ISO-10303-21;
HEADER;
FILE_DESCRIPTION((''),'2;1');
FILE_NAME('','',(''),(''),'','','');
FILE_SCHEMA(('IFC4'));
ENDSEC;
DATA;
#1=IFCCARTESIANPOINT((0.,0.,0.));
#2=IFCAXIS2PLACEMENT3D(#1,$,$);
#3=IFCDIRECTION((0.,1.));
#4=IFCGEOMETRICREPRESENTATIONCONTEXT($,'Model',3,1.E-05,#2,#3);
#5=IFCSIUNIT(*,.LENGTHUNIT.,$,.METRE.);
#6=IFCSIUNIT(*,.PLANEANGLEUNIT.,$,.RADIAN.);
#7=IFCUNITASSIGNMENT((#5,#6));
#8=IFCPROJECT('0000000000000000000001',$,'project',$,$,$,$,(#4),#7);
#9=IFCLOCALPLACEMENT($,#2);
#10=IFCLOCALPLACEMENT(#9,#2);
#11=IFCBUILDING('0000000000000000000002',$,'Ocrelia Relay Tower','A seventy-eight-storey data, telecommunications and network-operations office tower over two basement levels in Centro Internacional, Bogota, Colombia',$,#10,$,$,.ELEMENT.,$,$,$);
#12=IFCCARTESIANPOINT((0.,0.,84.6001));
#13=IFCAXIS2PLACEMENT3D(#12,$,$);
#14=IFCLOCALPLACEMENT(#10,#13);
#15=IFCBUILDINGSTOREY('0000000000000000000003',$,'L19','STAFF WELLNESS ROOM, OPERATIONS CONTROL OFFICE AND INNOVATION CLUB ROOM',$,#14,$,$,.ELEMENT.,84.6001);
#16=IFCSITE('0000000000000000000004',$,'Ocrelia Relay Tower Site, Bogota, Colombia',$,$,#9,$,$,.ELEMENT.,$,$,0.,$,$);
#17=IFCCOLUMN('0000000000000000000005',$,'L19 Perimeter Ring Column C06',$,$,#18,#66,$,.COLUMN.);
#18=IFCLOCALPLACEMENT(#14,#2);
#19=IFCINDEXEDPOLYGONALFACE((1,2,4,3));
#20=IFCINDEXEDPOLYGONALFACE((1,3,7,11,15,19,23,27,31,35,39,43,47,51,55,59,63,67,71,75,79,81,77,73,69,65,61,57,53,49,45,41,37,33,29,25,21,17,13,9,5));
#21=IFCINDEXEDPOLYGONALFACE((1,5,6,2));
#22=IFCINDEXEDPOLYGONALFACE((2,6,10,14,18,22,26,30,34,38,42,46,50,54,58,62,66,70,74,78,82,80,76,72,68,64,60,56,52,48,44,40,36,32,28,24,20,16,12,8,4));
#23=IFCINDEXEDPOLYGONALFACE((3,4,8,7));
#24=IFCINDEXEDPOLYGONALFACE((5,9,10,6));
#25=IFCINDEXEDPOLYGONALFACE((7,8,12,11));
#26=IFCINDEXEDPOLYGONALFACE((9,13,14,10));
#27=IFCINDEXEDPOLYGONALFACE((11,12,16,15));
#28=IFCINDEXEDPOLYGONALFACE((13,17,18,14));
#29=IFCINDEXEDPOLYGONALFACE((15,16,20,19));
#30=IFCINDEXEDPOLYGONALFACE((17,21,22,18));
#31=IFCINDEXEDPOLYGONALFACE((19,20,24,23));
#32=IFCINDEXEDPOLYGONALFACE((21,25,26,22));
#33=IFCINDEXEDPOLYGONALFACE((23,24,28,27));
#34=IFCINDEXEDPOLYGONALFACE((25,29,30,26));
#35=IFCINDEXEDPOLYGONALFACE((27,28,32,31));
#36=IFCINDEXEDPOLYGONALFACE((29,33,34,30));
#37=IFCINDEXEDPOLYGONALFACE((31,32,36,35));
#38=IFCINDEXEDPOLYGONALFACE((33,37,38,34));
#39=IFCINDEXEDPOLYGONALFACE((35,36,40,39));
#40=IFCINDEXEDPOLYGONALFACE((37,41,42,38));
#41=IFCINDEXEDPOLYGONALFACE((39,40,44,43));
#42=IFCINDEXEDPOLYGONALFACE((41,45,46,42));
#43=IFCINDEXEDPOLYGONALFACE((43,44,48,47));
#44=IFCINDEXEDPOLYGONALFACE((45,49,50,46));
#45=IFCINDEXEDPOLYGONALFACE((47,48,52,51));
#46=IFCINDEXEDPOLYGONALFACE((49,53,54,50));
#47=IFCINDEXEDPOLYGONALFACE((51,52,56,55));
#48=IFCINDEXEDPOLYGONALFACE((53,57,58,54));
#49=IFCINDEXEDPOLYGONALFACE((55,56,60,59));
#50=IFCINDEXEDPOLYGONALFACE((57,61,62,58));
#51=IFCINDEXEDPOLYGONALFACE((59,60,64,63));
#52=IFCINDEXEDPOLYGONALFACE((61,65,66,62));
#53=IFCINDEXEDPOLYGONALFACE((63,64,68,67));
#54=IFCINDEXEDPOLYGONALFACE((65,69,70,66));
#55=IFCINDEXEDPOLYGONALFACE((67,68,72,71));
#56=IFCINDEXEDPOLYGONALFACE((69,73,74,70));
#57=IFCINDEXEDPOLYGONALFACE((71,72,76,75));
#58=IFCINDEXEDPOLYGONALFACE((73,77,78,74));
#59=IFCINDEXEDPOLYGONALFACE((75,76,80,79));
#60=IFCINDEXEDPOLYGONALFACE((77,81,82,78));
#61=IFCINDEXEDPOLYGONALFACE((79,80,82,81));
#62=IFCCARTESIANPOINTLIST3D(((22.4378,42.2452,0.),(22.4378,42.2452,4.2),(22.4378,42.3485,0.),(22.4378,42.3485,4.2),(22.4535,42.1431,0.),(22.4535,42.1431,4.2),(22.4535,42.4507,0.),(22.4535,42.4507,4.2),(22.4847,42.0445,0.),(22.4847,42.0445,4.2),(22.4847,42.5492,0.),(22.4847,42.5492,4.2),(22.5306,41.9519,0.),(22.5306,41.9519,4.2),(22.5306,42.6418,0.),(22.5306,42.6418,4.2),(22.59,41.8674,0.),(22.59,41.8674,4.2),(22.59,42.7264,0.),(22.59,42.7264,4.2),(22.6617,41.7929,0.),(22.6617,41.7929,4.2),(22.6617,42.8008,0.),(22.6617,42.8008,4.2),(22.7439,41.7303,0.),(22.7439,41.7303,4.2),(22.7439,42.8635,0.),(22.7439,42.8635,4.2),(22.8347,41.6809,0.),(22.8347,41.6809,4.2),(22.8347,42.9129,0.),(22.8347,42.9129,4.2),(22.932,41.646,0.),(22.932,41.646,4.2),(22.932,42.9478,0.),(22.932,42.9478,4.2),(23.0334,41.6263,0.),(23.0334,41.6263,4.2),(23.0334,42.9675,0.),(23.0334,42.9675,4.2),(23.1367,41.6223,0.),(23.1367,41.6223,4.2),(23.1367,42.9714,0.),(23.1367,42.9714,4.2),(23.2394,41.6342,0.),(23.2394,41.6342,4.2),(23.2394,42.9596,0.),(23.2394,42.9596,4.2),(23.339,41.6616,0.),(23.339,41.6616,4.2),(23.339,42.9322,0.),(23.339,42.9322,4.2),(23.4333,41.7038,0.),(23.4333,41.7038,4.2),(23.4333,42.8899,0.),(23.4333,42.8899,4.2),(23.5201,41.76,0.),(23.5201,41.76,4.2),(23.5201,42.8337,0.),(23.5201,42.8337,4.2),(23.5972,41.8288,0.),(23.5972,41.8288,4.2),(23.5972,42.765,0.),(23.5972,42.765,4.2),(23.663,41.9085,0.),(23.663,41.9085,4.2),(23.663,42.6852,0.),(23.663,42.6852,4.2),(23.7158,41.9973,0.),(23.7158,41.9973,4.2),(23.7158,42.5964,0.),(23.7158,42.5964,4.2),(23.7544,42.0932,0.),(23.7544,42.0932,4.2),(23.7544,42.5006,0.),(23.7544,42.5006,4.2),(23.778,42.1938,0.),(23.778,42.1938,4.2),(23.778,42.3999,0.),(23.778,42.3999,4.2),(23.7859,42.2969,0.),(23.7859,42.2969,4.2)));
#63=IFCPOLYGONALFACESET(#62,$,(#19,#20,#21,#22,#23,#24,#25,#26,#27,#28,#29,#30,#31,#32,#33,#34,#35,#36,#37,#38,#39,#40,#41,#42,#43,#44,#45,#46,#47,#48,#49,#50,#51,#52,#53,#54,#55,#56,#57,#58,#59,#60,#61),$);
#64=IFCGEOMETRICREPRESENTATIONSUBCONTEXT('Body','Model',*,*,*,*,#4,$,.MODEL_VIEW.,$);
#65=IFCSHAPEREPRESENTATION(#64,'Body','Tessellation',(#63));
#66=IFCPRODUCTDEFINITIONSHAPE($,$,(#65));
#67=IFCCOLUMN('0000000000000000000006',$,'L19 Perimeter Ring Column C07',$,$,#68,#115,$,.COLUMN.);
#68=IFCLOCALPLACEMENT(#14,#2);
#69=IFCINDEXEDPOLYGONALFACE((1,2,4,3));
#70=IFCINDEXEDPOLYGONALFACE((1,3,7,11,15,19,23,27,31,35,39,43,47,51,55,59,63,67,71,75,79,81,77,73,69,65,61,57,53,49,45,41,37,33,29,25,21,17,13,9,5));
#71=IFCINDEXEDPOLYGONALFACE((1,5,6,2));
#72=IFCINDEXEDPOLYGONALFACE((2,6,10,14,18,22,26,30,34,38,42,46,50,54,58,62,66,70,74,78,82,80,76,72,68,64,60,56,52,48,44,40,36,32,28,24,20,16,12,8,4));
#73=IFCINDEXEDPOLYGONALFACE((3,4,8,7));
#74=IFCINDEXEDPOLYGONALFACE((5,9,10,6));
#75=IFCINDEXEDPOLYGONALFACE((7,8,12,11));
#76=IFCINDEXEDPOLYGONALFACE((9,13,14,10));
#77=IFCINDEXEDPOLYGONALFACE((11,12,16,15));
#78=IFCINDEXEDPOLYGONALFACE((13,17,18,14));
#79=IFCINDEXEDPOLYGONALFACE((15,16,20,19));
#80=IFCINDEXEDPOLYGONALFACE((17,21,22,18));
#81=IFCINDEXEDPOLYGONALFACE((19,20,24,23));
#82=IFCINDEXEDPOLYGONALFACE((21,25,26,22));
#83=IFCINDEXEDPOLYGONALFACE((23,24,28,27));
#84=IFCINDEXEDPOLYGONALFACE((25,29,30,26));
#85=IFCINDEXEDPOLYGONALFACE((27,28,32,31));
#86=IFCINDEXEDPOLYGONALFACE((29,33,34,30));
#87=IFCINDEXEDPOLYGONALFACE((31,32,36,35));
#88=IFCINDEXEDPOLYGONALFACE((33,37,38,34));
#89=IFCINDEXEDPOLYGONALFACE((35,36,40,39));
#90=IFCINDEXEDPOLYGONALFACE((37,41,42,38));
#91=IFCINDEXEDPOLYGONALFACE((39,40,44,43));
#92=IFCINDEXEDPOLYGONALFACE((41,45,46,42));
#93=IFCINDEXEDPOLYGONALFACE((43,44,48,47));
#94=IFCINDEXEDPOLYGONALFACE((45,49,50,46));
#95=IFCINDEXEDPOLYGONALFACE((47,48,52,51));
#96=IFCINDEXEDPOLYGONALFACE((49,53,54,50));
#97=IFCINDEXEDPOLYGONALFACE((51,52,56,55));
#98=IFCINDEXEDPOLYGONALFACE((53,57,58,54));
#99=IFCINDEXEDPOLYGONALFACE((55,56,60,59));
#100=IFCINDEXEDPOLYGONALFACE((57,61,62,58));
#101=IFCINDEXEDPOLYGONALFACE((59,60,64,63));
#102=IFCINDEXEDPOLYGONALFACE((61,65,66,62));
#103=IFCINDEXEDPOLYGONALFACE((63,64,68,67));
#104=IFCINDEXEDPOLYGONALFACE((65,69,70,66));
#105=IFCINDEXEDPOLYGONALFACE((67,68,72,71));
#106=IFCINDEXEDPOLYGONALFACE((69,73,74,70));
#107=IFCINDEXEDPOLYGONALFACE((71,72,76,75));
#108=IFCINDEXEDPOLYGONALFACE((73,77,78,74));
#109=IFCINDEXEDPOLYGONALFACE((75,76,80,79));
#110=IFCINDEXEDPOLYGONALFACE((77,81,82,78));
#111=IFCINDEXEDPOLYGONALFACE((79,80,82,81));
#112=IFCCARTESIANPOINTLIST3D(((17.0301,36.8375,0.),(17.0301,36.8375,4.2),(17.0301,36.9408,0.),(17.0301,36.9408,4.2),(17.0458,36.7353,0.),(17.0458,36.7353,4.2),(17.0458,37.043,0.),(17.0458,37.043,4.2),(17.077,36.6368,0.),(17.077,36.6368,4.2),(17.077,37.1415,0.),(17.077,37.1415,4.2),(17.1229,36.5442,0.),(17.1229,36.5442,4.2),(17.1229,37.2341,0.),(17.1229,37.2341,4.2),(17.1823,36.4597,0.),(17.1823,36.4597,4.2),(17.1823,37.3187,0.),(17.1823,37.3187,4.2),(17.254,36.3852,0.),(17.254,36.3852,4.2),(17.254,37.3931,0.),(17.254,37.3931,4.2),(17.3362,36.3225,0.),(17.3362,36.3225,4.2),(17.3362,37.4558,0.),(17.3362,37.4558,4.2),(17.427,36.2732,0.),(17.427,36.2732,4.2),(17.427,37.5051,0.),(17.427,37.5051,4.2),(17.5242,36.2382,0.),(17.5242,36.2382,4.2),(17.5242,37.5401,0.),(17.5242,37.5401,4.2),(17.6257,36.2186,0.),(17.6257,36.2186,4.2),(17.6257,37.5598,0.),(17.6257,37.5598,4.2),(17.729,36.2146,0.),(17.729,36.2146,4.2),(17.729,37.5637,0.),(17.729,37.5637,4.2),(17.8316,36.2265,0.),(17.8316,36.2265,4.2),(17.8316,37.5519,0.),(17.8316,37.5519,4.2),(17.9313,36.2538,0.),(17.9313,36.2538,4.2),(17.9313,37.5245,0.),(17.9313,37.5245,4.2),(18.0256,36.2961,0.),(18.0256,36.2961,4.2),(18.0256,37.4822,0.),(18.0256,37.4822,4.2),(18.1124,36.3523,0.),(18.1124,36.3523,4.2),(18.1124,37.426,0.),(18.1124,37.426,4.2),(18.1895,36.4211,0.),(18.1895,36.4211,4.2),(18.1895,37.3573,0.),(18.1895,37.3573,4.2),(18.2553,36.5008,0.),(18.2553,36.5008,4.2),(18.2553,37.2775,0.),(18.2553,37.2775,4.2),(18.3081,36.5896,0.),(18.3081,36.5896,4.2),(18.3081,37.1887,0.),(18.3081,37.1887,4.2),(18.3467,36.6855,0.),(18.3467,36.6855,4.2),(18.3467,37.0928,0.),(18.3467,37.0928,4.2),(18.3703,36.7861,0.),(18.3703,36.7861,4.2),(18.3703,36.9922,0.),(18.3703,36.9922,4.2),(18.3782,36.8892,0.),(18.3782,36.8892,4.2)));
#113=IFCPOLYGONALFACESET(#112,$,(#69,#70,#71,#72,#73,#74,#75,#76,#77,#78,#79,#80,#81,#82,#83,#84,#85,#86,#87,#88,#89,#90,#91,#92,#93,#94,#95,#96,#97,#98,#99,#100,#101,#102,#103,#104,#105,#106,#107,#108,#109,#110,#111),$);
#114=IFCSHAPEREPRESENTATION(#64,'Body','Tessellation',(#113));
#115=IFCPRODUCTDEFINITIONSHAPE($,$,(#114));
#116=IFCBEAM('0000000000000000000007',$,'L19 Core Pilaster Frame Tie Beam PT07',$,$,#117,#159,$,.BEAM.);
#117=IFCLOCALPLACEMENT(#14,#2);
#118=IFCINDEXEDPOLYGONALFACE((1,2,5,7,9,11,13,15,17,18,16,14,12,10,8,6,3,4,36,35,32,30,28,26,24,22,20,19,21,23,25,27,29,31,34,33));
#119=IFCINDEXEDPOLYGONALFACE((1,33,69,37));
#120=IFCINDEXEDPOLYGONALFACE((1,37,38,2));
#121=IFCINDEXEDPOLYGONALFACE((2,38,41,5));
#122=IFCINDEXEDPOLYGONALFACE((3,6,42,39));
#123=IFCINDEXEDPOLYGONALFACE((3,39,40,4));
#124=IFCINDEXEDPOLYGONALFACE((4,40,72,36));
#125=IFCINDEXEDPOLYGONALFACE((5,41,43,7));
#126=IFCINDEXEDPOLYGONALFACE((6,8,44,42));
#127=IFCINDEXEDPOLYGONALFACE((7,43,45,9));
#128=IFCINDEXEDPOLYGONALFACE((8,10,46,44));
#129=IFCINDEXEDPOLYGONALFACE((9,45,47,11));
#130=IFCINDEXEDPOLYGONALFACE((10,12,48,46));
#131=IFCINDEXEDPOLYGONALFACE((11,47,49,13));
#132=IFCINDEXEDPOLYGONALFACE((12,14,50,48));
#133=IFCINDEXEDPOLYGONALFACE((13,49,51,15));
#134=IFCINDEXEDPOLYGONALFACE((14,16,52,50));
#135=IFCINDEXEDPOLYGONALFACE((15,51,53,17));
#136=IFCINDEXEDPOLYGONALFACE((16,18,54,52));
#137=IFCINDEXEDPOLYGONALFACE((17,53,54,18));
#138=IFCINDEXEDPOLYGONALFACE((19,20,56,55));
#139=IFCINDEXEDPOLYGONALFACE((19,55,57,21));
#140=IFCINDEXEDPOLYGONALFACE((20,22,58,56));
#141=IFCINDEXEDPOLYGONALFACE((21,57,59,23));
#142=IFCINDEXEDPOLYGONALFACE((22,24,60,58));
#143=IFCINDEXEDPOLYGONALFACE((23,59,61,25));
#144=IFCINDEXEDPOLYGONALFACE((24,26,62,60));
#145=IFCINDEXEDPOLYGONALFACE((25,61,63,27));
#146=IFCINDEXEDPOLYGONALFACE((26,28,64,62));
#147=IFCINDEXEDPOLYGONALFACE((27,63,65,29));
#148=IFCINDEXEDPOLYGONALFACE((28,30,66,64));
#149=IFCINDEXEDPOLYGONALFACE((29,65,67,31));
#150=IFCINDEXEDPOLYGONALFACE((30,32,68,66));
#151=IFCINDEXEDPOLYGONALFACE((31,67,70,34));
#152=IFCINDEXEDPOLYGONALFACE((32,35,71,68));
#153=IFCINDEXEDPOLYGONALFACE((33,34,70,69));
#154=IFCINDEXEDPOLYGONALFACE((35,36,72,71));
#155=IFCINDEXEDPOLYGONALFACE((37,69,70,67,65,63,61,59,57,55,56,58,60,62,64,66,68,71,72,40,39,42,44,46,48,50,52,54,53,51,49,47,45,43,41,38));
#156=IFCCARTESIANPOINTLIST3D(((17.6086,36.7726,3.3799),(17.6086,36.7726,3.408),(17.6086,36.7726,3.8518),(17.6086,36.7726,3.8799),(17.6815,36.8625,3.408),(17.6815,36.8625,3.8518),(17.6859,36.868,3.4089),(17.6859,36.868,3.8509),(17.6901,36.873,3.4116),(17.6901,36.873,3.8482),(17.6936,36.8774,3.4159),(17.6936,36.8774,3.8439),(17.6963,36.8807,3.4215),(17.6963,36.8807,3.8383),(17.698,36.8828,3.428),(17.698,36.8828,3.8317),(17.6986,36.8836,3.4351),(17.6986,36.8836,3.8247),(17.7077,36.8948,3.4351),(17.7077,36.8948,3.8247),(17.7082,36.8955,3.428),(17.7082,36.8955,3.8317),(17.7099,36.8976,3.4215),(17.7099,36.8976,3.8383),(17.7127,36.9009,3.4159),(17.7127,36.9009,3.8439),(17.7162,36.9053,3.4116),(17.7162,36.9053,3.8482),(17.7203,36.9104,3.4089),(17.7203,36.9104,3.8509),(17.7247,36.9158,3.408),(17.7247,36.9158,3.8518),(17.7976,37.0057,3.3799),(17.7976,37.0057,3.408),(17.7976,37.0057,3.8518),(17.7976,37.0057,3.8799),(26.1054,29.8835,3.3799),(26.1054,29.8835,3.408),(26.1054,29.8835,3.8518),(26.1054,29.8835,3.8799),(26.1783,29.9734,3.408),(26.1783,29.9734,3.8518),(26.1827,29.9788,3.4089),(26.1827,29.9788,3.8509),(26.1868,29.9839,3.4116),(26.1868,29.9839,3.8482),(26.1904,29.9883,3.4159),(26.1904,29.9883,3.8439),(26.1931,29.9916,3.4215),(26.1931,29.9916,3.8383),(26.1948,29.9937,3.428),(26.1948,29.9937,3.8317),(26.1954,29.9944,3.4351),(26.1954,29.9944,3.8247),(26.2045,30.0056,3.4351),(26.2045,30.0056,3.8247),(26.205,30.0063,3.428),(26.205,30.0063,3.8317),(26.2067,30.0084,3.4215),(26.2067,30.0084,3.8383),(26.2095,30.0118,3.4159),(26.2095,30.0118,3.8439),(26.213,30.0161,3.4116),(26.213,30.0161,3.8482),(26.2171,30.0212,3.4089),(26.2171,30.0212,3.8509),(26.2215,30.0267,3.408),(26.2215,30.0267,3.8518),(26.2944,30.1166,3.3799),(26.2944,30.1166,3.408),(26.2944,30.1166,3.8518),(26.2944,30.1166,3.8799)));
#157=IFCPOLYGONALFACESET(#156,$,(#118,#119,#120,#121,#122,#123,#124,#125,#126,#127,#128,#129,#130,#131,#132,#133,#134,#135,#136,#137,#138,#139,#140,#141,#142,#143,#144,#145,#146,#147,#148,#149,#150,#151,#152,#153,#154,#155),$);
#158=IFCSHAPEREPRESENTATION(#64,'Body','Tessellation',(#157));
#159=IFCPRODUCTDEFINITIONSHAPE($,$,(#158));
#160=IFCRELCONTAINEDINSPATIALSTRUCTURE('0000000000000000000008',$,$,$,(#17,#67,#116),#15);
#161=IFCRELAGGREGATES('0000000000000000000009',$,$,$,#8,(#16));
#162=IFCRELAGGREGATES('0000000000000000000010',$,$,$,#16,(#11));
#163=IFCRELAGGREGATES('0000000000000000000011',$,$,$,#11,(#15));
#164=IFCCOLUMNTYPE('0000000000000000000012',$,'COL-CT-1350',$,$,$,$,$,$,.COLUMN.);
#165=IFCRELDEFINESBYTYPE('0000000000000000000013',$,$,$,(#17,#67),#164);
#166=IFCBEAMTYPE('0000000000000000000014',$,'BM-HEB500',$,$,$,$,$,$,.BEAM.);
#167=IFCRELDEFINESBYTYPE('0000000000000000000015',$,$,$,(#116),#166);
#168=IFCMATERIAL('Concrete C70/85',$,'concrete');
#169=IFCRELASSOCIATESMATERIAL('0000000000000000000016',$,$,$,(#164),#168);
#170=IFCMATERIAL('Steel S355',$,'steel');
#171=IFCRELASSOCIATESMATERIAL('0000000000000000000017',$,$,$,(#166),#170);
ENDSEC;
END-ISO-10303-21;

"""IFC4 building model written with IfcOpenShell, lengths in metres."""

from ifc_helpers import new_model, si_unit, direction, frame, origin, origin_2d, place, context, subcontext, project, spatial, circle, i_section, extrude, material, material_profile, profile_set, type_object, element, save


model = new_model("IFC4")

# Units and contexts
model_context = context("Model", 3, precision=1e-05, world=origin(), true_north=direction((0.0, 1.0)))
body_context = subcontext(model_context, "Body", "Model", "MODEL_VIEW")
ifc_project = project(units=[si_unit("LENGTHUNIT", "METRE"), si_unit("PLANEANGLEUNIT", "RADIAN")], contexts=[model_context])

# Site, building, storey
site_placement = place(None, origin())
site = spatial("IfcSite", under=ifc_project, at=site_placement, Name="Ocrelia Relay Tower Site, Bogota, Colombia", CompositionType="ELEMENT", RefElevation=0.0)
building_placement = place(site_placement, origin())
building = spatial("IfcBuilding", under=site, at=building_placement, Name="Ocrelia Relay Tower", Description="A seventy-eight-storey data, telecommunications and network-operations office tower over two basement levels in Centro Internacional, Bogota, Colombia", CompositionType="ELEMENT")
storey_placement = place(building_placement, frame((0.0, 0.0, 84.6001)))
storey = spatial("IfcBuildingStorey", under=building, at=storey_placement, Name="L19", Description="STAFF WELLNESS ROOM, OPERATIONS CONTROL OFFICE AND INNOVATION CLUB ROOM", CompositionType="ELEMENT", Elevation=84.6001)

# Columns
ifc_material_1 = material(Name="Concrete C70/85", Category="concrete")
ifc_material_profile_1 = material_profile(ifc_material_1, circle(Radius=0.675, at=origin_2d()), Name="RC-CIR-1350")
ifc_profile_set_1 = profile_set([ifc_material_profile_1], Name="Concrete C70/85")
column_type = type_object("IfcColumnType", Name="COL-CT-1350", PredefinedType="COLUMN", material=ifc_profile_set_1)
for number, where, z_axis, x_axis, name in (
    (1, (23.1108, 42.2969, 0.0), (0.0, 0.0, 1.0), (1.0, 0.0, 0.0), "L19 Perimeter Ring Column C06"),
    (2, (17.7031, 36.8892, 0.0), (0.0, 0.0, 1.0), (1.0, 0.0, 0.0), "L19 Perimeter Ring Column C07"),
):
    element("IfcColumn", number, at=place(storey_placement, frame(where, z_axis=z_axis, x_axis=x_axis)), inside=storey, type_object=column_type, Name=name, PredefinedType="COLUMN", context=body_context, shape_type="SweptSolid", body=[
        extrude(circle(Radius=0.675, at=origin_2d()), origin(), (0.0, 0.0, 1.0), 4.2),
    ])

# Beam
ifc_material_2 = material(Name="Steel S355", Category="steel")
ifc_material_profile_2 = material_profile(ifc_material_2, i_section(OverallWidth=0.3, OverallDepth=0.5, WebThickness=0.0144, FlangeThickness=0.0281, FilletRadius=0.0271, at=origin_2d()), Name="HEB 500")
ifc_profile_set_2 = profile_set([ifc_material_profile_2], Name="Steel S355")
beam_type_1 = type_object("IfcBeamType", Name="BM-HEB500", PredefinedType="BEAM", material=ifc_profile_set_2)
beam_1_placement = place(storey_placement, frame((17.7031, 36.8892, 3.6299), z_axis=(0.776763, -0.629793, 0.0), x_axis=(0.629793, 0.776763, 0.0)))
element("IfcBeam", 3, at=beam_1_placement, inside=storey, type_object=beam_type_1, Name="L19 Core Pilaster Frame Tie Beam PT07", PredefinedType="BEAM", context=body_context, shape_type="SweptSolid", body=[
    extrude(i_section(OverallWidth=0.3, OverallDepth=0.5, WebThickness=0.0144, FlangeThickness=0.0281, FilletRadius=0.0271, at=origin_2d()), origin(), (0.0, 0.0, 1.0), 10.9387),
])

save(model, "model.ifc")
